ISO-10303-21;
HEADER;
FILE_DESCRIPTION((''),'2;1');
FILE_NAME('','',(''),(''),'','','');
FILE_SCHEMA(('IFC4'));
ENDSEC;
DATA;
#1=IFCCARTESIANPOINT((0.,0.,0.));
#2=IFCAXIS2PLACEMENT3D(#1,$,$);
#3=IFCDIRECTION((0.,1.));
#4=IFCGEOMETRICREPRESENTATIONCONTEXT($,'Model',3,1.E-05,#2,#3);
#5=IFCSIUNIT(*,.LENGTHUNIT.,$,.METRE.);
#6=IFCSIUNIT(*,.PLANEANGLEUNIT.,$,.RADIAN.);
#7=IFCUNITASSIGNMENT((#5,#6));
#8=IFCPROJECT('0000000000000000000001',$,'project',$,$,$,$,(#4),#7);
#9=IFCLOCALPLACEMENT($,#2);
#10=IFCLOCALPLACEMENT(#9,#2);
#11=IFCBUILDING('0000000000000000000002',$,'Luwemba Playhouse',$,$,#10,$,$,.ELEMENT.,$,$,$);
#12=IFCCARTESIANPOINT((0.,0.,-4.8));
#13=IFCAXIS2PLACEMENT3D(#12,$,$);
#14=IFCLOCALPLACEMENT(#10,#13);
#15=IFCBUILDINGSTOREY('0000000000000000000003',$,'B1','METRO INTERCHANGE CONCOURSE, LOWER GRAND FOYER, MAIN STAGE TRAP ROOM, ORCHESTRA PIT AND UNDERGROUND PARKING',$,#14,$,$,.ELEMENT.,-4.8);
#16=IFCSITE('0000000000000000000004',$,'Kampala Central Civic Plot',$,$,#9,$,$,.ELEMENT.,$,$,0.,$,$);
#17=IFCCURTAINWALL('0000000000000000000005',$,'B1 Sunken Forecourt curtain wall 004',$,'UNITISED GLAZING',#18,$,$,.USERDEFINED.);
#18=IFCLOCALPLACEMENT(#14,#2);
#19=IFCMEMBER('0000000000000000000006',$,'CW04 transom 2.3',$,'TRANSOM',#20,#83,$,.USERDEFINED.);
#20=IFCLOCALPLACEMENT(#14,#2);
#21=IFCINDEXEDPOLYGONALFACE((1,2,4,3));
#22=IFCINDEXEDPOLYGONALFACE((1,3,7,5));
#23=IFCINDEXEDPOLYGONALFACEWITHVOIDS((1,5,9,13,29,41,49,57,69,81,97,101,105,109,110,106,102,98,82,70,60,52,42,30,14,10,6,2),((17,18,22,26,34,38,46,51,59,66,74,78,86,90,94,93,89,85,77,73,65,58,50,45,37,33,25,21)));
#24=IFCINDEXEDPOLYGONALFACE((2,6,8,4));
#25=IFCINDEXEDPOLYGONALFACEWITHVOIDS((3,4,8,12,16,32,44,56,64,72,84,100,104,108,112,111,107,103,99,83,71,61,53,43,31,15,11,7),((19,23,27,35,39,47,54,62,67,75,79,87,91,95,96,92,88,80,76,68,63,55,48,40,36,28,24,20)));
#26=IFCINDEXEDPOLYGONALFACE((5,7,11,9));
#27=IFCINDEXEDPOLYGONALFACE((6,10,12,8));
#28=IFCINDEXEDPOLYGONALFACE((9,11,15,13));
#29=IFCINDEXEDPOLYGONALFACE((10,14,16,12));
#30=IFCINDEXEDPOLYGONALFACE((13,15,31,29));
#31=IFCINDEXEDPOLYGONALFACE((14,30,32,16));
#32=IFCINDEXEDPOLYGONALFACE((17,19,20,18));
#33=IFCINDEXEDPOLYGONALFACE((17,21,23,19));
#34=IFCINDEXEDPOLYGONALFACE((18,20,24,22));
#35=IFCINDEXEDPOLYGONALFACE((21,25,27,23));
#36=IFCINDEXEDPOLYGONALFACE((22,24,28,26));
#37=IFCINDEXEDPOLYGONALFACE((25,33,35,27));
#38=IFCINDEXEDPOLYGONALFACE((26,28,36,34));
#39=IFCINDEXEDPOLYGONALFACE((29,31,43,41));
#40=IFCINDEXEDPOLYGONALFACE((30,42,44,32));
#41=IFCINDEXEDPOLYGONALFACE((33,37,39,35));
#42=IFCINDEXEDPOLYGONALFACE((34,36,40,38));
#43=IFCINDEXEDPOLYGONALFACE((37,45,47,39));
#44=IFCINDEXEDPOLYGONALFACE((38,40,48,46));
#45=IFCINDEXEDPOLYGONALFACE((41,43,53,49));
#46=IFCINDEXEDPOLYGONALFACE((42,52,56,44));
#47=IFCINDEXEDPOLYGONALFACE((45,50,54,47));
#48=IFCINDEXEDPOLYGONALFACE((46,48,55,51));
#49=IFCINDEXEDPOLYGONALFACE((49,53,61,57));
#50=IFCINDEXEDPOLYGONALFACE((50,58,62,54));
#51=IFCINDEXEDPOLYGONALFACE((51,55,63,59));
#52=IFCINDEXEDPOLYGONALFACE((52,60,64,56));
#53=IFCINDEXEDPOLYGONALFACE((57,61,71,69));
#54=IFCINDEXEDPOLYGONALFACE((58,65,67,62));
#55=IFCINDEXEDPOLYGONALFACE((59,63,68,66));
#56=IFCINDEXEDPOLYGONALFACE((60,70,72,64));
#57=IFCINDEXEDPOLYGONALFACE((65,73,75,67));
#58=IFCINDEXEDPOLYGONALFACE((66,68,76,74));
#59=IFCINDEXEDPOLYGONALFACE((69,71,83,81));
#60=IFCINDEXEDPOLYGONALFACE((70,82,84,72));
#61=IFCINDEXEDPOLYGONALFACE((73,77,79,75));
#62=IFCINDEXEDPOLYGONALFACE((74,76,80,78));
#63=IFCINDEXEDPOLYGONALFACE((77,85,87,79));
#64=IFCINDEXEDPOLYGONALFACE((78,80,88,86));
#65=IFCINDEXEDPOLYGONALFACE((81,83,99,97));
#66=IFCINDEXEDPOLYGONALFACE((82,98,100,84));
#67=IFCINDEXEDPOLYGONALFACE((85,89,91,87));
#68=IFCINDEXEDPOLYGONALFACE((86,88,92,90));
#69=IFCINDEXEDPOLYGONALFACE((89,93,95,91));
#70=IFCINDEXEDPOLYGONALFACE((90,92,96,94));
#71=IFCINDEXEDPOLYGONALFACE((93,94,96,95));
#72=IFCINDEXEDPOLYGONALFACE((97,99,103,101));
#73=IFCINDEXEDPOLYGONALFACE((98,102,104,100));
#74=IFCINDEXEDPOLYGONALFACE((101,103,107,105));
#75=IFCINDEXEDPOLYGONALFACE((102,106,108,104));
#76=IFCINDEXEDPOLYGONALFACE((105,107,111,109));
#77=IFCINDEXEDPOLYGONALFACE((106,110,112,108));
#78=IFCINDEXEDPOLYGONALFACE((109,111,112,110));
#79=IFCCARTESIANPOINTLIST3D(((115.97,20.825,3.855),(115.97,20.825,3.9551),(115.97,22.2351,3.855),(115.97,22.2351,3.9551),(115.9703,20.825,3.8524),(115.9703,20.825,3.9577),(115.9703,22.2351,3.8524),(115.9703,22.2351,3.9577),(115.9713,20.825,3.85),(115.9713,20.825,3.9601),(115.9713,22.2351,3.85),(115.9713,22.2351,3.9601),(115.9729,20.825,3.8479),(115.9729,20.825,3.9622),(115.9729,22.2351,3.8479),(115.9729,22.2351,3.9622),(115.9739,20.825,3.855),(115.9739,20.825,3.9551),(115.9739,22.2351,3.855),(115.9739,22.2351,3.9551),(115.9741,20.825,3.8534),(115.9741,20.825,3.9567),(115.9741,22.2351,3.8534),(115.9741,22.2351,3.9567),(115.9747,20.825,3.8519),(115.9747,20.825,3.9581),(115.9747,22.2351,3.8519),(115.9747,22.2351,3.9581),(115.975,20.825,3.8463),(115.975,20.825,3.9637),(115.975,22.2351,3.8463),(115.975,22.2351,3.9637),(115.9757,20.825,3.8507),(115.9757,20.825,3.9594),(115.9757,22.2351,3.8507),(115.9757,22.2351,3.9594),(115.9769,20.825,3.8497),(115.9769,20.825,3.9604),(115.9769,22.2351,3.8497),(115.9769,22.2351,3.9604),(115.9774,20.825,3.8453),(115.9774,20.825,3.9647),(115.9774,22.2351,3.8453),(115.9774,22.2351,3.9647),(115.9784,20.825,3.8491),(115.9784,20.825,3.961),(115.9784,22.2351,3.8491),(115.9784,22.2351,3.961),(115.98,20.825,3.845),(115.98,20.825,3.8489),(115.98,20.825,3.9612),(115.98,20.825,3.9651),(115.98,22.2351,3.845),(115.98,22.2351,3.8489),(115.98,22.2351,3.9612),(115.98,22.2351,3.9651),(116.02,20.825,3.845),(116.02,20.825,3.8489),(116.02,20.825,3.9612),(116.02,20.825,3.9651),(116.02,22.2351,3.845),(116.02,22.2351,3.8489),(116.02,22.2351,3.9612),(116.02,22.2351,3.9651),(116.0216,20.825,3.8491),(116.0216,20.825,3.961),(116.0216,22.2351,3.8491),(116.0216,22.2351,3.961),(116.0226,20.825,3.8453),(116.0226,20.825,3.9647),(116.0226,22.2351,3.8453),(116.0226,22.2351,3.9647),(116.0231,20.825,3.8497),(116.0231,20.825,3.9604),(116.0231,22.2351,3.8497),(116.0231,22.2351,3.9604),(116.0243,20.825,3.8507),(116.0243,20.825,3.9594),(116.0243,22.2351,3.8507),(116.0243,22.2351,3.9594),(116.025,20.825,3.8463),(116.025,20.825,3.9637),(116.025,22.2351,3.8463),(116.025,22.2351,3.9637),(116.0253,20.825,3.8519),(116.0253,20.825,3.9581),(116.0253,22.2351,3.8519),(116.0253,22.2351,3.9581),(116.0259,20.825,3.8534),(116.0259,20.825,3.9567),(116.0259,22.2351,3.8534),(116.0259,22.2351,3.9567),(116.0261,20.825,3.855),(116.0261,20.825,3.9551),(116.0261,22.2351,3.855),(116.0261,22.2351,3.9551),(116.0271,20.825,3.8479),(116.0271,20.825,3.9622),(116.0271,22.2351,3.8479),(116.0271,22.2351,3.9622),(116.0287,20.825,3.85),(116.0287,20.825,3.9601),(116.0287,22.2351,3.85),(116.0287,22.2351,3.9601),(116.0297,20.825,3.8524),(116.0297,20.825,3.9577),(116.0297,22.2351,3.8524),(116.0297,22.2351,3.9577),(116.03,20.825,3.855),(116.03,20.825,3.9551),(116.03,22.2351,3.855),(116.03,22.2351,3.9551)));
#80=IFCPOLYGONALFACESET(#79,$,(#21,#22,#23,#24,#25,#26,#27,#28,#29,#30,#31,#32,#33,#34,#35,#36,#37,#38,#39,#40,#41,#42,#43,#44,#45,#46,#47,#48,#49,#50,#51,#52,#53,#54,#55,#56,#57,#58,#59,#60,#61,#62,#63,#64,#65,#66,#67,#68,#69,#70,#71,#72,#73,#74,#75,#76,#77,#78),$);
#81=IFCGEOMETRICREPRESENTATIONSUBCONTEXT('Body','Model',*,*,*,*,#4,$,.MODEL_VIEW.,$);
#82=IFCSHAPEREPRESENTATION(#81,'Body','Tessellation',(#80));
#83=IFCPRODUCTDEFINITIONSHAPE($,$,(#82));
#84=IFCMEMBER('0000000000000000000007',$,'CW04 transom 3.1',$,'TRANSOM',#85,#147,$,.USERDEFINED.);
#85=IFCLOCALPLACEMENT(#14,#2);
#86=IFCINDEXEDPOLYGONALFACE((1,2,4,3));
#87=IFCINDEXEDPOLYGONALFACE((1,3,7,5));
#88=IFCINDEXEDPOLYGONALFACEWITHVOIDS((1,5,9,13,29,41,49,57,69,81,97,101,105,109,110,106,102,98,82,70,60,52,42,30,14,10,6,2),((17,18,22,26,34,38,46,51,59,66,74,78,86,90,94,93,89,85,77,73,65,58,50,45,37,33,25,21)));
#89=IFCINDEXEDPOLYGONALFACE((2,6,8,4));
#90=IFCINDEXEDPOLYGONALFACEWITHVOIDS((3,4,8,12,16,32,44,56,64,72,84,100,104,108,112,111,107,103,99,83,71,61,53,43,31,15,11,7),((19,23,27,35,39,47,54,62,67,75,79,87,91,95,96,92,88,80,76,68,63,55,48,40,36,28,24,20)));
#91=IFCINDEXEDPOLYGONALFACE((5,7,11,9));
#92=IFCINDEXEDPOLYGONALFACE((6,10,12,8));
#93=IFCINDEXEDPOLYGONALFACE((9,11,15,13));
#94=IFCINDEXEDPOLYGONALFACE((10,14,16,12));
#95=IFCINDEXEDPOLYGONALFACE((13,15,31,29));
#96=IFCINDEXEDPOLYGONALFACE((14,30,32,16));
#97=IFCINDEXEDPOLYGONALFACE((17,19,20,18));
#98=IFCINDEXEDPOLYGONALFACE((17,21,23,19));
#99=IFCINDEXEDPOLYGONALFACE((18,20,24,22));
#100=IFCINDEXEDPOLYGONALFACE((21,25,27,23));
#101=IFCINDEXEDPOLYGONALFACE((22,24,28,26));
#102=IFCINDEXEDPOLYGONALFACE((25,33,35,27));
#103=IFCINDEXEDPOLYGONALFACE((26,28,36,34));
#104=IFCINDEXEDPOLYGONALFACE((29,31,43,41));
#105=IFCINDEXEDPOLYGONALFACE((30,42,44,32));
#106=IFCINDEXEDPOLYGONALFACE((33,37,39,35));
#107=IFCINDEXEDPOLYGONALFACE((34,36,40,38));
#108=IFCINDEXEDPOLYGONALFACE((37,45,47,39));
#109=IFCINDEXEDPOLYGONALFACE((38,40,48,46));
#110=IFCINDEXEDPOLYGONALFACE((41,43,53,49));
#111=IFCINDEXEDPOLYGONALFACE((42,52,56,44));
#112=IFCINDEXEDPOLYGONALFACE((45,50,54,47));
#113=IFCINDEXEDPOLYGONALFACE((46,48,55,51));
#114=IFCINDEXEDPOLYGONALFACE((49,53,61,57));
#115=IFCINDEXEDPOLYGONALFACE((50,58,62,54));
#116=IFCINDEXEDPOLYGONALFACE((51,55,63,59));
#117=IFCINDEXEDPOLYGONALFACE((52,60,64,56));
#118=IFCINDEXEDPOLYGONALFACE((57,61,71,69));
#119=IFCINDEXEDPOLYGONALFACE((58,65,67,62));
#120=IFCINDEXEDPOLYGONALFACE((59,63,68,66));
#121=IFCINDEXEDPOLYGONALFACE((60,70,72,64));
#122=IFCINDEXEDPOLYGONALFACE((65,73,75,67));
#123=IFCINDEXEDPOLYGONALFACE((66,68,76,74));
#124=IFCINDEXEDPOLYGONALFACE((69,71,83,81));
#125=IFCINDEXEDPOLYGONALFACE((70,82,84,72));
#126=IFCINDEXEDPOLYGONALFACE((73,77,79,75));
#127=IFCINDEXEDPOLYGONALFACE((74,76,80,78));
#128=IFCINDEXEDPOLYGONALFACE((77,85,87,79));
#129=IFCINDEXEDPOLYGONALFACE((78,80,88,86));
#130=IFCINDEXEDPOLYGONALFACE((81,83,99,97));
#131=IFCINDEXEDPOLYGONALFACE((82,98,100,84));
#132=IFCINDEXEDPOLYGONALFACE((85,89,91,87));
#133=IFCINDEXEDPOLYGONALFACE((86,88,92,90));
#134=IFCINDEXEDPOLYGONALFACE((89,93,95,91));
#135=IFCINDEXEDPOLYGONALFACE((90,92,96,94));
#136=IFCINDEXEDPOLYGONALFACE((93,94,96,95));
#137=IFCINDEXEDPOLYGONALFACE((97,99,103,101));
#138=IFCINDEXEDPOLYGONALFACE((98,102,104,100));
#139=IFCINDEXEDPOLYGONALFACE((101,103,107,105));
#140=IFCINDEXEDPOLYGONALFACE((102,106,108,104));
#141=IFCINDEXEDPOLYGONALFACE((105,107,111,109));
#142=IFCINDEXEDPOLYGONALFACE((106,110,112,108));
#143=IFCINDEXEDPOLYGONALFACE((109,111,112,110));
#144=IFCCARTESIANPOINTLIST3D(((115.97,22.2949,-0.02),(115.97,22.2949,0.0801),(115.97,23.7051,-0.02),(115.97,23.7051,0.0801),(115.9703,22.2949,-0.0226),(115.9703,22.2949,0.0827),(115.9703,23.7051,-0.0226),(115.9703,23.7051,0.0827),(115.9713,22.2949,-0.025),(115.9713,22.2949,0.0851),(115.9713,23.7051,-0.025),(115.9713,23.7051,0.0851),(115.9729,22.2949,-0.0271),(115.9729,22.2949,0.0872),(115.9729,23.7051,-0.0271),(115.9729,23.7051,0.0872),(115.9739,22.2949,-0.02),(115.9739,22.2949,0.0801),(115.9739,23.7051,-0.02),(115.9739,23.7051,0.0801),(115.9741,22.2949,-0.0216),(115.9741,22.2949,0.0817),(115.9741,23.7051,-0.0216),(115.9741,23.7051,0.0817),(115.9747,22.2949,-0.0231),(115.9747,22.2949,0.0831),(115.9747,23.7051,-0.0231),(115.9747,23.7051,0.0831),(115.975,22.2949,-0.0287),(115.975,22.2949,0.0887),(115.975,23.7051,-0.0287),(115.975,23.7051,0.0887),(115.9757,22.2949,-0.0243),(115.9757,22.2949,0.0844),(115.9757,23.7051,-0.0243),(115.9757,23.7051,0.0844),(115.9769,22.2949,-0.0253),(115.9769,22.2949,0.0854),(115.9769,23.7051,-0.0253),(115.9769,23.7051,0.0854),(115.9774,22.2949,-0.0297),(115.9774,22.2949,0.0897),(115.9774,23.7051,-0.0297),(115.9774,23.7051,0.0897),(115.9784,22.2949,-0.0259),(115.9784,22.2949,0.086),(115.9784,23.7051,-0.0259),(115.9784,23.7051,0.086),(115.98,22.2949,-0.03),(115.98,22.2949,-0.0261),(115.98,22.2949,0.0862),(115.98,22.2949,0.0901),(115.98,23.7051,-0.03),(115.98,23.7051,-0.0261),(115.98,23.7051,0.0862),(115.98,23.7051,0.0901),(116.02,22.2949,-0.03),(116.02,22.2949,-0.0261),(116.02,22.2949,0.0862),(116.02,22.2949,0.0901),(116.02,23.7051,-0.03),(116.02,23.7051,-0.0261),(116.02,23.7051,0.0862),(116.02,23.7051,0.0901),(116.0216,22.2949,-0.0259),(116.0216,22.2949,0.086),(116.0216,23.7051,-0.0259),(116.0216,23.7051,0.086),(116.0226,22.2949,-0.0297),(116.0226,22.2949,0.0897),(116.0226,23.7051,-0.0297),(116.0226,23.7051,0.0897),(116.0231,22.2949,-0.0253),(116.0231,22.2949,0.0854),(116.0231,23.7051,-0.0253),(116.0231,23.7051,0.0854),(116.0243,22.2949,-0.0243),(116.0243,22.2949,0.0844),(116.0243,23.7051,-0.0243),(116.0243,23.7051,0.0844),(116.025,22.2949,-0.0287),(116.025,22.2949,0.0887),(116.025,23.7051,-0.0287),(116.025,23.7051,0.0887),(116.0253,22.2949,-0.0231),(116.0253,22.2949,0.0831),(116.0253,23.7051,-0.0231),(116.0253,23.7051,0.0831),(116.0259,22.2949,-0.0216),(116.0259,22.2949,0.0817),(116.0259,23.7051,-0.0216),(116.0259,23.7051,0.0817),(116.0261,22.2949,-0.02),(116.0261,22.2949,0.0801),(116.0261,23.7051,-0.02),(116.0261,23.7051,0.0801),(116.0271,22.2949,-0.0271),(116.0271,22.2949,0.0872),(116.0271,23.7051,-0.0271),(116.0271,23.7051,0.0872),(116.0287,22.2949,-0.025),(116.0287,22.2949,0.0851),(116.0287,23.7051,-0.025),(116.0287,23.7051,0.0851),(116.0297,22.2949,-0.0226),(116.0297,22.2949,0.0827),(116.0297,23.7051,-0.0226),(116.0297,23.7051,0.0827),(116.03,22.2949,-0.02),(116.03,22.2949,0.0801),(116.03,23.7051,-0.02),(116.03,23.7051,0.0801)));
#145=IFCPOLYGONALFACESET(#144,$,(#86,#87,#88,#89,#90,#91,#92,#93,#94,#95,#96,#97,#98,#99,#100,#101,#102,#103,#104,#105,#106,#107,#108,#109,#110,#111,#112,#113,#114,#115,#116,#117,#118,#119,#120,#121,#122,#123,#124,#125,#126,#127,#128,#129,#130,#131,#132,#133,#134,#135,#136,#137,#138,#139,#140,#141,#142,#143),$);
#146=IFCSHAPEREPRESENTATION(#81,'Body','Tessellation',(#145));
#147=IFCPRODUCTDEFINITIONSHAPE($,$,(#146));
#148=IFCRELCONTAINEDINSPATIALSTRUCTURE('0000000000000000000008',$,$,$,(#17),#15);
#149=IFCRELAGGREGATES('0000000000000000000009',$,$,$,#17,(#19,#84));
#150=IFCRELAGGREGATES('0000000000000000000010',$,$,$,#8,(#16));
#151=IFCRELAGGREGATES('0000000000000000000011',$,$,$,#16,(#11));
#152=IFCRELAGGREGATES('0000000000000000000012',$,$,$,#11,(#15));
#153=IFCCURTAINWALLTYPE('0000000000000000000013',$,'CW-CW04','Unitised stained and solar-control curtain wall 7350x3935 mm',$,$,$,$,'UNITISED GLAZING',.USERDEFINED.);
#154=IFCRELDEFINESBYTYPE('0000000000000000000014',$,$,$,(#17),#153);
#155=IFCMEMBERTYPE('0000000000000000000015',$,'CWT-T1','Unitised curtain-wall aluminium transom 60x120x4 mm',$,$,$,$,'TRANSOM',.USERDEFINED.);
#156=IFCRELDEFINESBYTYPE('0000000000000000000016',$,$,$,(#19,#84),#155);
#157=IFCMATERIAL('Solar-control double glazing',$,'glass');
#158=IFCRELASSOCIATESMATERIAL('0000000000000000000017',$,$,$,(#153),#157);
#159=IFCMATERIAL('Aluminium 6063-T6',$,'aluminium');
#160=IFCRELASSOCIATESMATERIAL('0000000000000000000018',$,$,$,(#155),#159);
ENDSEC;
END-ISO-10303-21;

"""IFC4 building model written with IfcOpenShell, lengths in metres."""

from ifc_helpers import new_model, si_unit, direction, frame, origin, origin_2d, place, context, subcontext, project, spatial, hollow_rectangle, extrude, material, material_profile, profile_set, type_object, element, aggregate, save


model = new_model("IFC4")

# Units and contexts
model_context = context("Model", 3, precision=1e-05, world=origin(), true_north=direction((0.0, 1.0)))
body_context = subcontext(model_context, "Body", "Model", "MODEL_VIEW")
ifc_project = project(units=[si_unit("LENGTHUNIT", "METRE"), si_unit("PLANEANGLEUNIT", "RADIAN")], contexts=[model_context])

# Site, building, storey
site_placement = place(None, origin())
site = spatial("IfcSite", under=ifc_project, at=site_placement, Name="Kampala Central Civic Plot", CompositionType="ELEMENT", RefElevation=0.0)
building_placement = place(site_placement, origin())
building = spatial("IfcBuilding", under=site, at=building_placement, Name="Luwemba Playhouse", CompositionType="ELEMENT")
storey_placement = place(building_placement, frame((0.0, 0.0, -4.8)))
storey = spatial("IfcBuildingStorey", under=building, at=storey_placement, Name="B1", Description="METRO INTERCHANGE CONCOURSE, LOWER GRAND FOYER, MAIN STAGE TRAP ROOM, ORCHESTRA PIT AND UNDERGROUND PARKING", CompositionType="ELEMENT", Elevation=-4.8)

# Curtain wall, members
ifc_material_1 = material(Name="Solar-control double glazing", Category="glass")
curtain_wall_type = type_object("IfcCurtainWallType", Name="CW-CW04", Description="Unitised stained and solar-control curtain wall 7350x3935 mm", ElementType="UNITISED GLAZING", PredefinedType="USERDEFINED", material=ifc_material_1)
curtain_wall_placement = place(storey_placement, origin())
curtain_wall = element("IfcCurtainWall", 1, at=curtain_wall_placement, inside=storey, type_object=curtain_wall_type, Name="B1 Sunken Forecourt curtain wall 004", ObjectType="UNITISED GLAZING", PredefinedType="USERDEFINED")
ifc_material_2 = material(Name="Aluminium 6063-T6", Category="aluminium")
ifc_material_profile_1 = material_profile(ifc_material_2, hollow_rectangle(XDim=0.0601, YDim=0.1201, WallThickness=0.0039, InnerFilletRadius=0.0061, OuterFilletRadius=0.01, at=origin_2d()))
ifc_profile_set_1 = profile_set([ifc_material_profile_1], Name="Aluminium 6063-T6")
member_type_1 = type_object("IfcMemberType", Name="CWT-T1", Description="Unitised curtain-wall aluminium transom 60x120x4 mm", ElementType="TRANSOM", PredefinedType="USERDEFINED", material=ifc_profile_set_1)
member_1_placement = place(storey_placement, frame((116.0, 20.825, 3.905), z_axis=(0.0, 1.0, 0.0), x_axis=(-1.0, 0.0, 0.0)))
member_1 = element("IfcMember", 2, at=member_1_placement, type_object=member_type_1, Name="CW04 transom 2.3", ObjectType="TRANSOM", PredefinedType="USERDEFINED", context=body_context, shape_type="SweptSolid", body=[
    extrude(hollow_rectangle(XDim=0.0601, YDim=0.1201, WallThickness=0.0039, InnerFilletRadius=0.0061, OuterFilletRadius=0.01, at=origin_2d()), origin(), (0.0, 0.0, 1.0), 1.4102),
])
member_2_placement = place(storey_placement, frame((116.0, 22.2949, 0.03), z_axis=(0.0, 1.0, 0.0), x_axis=(-1.0, 0.0, 0.0)))
member_2 = element("IfcMember", 3, at=member_2_placement, type_object=member_type_1, Name="CW04 transom 3.1", ObjectType="TRANSOM", PredefinedType="USERDEFINED", context=body_context, shape_type="SweptSolid", body=[
    extrude(hollow_rectangle(XDim=0.0601, YDim=0.1201, WallThickness=0.0039, InnerFilletRadius=0.0061, OuterFilletRadius=0.01, at=origin_2d()), origin(), (0.0, 0.0, 1.0), 1.4102),
])
aggregate(curtain_wall, [member_1, member_2])

save(model, "model.ifc")
